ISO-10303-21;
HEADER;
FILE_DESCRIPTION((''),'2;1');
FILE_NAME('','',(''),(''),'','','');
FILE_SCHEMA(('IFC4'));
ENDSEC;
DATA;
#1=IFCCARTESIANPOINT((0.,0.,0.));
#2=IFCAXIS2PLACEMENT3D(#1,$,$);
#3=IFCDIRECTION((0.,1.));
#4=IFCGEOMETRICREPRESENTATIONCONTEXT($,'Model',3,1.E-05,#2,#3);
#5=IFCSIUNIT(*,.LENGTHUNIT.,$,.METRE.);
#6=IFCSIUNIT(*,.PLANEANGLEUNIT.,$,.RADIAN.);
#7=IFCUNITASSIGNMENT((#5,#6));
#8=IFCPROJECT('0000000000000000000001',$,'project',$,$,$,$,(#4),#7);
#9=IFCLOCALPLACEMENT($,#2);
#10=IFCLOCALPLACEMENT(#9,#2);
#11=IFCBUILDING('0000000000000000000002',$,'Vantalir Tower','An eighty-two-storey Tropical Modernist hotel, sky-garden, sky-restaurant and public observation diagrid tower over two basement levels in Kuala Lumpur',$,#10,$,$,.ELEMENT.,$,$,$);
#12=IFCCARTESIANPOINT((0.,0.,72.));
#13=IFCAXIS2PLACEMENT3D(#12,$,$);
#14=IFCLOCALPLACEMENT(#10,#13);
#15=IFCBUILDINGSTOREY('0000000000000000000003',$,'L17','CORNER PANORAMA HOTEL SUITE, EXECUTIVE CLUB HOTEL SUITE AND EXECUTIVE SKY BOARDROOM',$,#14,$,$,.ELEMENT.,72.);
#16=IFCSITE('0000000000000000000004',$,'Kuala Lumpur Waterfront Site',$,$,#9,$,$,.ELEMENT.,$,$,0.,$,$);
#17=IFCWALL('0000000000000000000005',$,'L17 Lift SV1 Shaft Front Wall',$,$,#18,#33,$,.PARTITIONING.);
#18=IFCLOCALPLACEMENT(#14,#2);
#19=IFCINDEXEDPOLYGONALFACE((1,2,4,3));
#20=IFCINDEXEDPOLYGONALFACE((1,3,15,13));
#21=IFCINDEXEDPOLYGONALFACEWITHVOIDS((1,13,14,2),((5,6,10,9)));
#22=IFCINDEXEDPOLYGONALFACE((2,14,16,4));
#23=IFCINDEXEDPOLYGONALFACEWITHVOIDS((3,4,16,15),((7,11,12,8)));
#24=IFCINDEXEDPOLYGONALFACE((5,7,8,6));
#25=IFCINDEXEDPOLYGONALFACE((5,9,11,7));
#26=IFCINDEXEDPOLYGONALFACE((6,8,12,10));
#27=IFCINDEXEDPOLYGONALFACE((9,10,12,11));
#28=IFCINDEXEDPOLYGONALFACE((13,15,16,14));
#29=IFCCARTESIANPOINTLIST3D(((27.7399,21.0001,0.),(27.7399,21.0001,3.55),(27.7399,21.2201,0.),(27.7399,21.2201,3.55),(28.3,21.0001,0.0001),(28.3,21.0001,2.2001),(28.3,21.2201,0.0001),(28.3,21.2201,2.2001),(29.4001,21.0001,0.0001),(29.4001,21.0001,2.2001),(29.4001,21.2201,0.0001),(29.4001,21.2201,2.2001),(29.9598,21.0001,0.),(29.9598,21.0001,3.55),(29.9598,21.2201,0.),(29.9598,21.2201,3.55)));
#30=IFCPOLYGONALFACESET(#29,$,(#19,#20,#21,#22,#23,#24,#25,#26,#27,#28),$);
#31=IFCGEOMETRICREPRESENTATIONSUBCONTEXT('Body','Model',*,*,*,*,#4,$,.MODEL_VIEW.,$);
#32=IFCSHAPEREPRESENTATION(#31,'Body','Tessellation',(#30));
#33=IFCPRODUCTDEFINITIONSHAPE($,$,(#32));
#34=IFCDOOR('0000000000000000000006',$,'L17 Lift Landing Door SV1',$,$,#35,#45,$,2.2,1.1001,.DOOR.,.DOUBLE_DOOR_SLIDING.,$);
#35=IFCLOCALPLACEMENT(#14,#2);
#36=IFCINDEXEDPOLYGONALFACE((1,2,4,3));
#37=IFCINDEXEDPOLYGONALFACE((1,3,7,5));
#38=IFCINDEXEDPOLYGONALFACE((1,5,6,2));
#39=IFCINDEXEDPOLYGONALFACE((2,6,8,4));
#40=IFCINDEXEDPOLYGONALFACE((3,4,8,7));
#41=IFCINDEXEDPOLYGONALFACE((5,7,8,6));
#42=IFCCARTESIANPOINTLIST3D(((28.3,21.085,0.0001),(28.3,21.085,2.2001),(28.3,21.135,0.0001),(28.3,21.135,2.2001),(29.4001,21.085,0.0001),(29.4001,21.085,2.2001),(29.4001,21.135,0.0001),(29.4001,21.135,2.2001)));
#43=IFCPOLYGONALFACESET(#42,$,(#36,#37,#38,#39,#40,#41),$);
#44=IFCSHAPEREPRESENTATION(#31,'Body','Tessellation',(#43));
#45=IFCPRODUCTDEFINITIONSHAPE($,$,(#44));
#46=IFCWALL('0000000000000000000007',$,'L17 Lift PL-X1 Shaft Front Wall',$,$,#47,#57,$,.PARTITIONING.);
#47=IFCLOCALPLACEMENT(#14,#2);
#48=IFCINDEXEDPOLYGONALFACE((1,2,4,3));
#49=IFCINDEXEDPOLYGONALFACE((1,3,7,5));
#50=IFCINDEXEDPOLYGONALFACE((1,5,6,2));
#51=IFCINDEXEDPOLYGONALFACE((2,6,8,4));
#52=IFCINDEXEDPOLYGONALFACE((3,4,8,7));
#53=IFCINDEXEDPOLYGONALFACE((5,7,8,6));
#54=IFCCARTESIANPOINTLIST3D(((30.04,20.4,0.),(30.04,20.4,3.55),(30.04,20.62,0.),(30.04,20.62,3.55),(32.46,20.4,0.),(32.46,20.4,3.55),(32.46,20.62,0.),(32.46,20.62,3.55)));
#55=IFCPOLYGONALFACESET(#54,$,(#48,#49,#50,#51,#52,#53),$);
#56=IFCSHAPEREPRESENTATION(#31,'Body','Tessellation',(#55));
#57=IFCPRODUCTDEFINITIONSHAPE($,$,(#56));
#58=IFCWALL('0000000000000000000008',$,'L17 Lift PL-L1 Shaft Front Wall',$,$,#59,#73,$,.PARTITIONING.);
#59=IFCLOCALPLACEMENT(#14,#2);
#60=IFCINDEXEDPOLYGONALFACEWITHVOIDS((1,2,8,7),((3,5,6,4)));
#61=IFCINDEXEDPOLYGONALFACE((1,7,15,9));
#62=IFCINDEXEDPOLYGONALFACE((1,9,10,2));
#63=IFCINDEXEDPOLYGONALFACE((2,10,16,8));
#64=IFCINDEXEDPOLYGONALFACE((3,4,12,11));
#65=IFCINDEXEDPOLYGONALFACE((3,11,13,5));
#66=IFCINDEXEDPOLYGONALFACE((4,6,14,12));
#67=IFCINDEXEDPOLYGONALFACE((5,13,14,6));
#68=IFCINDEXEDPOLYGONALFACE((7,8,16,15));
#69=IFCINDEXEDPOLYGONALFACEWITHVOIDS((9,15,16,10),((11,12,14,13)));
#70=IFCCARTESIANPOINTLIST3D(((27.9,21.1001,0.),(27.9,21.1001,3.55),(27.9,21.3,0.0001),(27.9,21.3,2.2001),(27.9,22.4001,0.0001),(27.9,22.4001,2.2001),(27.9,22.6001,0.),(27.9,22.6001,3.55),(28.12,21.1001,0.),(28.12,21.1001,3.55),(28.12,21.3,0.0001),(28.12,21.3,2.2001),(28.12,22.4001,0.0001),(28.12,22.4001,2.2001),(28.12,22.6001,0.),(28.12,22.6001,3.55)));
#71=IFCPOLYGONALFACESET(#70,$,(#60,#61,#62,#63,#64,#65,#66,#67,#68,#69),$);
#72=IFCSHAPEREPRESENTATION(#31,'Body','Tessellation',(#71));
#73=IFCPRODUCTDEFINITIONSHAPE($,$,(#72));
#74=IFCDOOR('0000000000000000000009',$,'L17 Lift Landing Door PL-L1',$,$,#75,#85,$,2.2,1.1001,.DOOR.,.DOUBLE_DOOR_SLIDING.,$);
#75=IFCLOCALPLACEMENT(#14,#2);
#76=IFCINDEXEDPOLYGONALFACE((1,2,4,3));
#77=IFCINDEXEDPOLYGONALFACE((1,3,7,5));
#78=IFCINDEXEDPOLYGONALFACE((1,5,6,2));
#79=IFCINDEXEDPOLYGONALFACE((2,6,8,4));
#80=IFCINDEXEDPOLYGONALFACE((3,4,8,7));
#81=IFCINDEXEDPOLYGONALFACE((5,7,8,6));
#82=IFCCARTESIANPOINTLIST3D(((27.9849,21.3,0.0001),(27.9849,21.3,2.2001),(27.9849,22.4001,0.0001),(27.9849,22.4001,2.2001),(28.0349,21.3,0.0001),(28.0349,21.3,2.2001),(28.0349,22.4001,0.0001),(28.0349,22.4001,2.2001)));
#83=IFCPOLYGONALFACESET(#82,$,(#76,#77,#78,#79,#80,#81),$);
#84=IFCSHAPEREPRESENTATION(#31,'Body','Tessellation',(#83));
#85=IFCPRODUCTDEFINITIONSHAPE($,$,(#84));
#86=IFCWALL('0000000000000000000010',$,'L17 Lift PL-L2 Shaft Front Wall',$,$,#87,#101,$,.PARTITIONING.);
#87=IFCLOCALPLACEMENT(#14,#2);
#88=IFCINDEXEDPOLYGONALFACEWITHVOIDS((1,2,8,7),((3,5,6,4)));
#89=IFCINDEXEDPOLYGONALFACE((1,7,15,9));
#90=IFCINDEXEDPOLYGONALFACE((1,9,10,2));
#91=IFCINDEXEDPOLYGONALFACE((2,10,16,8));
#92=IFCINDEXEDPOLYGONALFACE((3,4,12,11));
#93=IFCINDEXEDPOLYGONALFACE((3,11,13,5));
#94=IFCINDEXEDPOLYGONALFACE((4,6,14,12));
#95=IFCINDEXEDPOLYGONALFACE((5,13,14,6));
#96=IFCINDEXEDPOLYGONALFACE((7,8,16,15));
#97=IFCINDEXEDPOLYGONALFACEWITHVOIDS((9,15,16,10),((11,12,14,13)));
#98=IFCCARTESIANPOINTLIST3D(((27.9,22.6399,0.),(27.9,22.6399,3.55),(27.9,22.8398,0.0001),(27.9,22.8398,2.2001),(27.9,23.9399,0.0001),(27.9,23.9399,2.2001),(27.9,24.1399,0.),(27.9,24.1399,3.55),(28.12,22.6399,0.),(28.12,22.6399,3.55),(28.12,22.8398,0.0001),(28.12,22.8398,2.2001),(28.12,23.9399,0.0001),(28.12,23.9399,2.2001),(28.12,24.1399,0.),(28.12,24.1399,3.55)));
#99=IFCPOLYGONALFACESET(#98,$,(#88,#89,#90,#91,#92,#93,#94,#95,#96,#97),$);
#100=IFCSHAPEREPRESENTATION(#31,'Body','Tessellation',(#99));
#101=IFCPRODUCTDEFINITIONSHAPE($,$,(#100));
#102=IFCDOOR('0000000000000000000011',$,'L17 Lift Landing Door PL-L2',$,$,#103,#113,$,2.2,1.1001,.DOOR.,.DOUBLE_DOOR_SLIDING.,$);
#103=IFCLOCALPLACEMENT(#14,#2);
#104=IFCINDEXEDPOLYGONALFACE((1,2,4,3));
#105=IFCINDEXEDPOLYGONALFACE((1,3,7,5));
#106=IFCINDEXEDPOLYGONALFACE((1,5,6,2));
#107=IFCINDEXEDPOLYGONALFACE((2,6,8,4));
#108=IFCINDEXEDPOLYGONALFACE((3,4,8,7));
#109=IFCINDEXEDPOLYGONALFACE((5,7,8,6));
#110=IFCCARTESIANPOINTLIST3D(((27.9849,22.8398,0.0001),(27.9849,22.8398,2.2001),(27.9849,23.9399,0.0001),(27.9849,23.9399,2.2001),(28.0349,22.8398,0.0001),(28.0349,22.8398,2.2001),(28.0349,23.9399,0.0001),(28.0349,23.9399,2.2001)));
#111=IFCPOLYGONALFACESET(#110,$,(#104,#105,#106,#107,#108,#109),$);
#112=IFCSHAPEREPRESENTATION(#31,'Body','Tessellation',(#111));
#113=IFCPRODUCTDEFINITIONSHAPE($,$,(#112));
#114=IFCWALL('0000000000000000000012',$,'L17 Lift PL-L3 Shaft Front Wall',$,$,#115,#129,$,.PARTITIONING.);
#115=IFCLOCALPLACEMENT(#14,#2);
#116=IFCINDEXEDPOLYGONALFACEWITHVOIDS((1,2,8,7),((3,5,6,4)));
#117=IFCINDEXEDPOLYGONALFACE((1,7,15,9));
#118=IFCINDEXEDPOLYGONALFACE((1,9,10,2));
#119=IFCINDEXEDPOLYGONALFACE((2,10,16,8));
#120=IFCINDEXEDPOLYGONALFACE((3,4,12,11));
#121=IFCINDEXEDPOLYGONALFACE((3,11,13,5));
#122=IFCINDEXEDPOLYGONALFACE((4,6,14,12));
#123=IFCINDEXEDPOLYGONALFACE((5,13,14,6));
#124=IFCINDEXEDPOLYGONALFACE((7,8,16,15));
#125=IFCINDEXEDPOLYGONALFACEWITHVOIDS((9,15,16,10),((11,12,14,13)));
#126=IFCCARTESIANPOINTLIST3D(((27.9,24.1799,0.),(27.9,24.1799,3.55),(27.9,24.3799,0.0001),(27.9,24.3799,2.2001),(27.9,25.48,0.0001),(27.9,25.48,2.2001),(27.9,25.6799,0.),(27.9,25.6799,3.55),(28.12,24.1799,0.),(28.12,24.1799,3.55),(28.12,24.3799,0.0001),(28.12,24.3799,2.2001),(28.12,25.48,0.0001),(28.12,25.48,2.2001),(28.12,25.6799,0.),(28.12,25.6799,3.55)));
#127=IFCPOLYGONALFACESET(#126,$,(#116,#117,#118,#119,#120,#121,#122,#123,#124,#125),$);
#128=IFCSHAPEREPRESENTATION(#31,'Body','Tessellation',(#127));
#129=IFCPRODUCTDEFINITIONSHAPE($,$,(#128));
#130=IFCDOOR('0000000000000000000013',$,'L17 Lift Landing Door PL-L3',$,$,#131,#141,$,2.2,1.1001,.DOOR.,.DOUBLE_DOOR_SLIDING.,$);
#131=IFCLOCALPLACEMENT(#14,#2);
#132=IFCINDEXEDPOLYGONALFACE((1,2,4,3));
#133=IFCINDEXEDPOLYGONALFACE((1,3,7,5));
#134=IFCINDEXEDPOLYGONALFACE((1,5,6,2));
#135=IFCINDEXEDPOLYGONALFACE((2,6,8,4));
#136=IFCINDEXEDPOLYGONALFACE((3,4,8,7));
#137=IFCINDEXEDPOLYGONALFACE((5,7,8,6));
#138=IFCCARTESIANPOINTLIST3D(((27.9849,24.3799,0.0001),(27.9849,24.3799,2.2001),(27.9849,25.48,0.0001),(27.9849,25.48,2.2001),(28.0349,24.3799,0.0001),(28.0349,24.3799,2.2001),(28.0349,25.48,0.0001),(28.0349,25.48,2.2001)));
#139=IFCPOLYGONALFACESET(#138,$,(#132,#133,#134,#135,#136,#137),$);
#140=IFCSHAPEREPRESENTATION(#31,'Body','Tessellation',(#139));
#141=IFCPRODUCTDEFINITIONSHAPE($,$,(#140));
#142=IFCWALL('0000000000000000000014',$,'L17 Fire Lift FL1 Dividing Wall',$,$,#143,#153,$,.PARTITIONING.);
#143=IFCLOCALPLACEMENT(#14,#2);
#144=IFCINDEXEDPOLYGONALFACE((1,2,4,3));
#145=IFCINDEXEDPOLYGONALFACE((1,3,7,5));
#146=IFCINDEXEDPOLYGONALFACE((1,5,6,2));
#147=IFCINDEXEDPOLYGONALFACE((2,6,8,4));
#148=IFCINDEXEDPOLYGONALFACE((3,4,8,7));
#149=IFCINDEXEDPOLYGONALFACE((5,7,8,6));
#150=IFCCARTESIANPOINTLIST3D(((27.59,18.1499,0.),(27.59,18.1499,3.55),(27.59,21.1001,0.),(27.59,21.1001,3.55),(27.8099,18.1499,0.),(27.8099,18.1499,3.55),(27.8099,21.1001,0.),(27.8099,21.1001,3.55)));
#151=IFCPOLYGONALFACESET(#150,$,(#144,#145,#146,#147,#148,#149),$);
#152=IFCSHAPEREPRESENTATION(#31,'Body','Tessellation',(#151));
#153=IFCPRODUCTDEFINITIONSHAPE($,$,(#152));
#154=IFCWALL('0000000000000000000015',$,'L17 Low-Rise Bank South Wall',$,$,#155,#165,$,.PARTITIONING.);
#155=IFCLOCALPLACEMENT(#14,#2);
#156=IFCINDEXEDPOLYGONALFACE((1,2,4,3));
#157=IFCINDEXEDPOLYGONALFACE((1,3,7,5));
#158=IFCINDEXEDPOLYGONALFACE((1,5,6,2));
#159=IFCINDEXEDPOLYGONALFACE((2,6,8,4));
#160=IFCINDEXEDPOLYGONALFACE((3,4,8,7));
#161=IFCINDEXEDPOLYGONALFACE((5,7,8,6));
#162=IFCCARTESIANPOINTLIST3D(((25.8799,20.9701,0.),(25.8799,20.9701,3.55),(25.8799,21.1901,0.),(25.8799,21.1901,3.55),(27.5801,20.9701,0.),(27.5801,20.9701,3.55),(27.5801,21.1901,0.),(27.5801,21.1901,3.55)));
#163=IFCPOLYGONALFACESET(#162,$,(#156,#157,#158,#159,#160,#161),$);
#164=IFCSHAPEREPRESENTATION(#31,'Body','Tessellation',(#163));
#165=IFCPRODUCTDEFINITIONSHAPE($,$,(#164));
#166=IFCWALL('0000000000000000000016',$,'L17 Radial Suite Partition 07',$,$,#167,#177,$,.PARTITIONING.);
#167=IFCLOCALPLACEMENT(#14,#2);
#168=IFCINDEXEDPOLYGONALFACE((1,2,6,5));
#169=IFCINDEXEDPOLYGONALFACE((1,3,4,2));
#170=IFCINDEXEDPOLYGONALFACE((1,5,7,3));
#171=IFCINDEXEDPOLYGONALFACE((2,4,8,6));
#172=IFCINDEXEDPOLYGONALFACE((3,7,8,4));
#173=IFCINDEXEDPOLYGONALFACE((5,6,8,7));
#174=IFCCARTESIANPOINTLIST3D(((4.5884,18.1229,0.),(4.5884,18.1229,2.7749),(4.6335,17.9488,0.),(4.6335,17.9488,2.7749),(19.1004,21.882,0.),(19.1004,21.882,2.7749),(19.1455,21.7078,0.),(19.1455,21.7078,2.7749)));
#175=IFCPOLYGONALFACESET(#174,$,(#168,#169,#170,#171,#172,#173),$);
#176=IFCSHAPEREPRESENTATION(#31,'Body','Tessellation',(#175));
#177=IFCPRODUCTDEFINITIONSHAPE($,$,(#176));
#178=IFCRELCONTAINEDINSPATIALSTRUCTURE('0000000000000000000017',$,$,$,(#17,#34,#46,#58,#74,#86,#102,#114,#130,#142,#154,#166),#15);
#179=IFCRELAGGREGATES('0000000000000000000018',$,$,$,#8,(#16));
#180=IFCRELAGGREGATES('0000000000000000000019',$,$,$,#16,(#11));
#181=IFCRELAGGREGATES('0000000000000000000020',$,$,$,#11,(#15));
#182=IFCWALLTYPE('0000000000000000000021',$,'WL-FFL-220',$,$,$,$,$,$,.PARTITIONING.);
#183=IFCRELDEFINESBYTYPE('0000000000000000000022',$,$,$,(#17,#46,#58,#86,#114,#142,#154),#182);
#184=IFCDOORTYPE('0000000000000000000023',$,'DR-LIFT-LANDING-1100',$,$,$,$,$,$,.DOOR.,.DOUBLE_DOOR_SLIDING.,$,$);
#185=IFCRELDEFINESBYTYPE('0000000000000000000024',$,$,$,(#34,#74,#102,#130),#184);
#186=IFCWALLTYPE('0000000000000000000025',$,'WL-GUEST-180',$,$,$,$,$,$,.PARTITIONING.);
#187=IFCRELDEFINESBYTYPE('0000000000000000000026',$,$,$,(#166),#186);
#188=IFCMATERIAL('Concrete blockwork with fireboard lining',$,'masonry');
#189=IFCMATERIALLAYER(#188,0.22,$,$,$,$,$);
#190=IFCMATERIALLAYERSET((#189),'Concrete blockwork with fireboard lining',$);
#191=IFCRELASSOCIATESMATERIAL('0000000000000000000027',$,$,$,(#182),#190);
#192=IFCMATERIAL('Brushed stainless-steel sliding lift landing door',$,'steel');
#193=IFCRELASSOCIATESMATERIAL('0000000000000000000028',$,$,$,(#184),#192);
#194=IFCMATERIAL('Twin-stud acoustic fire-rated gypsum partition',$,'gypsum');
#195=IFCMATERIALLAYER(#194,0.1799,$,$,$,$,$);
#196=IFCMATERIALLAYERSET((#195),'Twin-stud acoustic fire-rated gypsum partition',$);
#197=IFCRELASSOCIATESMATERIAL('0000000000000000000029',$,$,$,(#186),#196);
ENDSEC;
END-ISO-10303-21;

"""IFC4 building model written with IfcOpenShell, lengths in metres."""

from ifc_helpers import new_model, si_unit, direction, frame, frame_2d, origin, place, context, subcontext, project, spatial, rectangle, extrude, material, layer, layer_set, type_object, element, fill, save


model = new_model("IFC4")

# Units and contexts
model_context = context("Model", 3, precision=1e-05, world=origin(), true_north=direction((0.0, 1.0)))
body_context = subcontext(model_context, "Body", "Model", "MODEL_VIEW")
ifc_project = project(units=[si_unit("LENGTHUNIT", "METRE"), si_unit("PLANEANGLEUNIT", "RADIAN")], contexts=[model_context])

# Site, building, storey
site_placement = place(None, origin())
site = spatial("IfcSite", under=ifc_project, at=site_placement, Name="Kuala Lumpur Waterfront Site", CompositionType="ELEMENT", RefElevation=0.0)
building_placement = place(site_placement, origin())
building = spatial("IfcBuilding", under=site, at=building_placement, Name="Vantalir Tower", Description="An eighty-two-storey Tropical Modernist hotel, sky-garden, sky-restaurant and public observation diagrid tower over two basement levels in Kuala Lumpur", CompositionType="ELEMENT")
storey_placement = place(building_placement, frame((0.0, 0.0, 72.0)))
storey = spatial("IfcBuildingStorey", under=building, at=storey_placement, Name="L17", Description="CORNER PANORAMA HOTEL SUITE, EXECUTIVE CLUB HOTEL SUITE AND EXECUTIVE SKY BOARDROOM", CompositionType="ELEMENT", Elevation=72.0)

# Shared definitions
ifc_material_1 = material(Name="Concrete blockwork with fireboard lining", Category="masonry")
ifc_layer_1 = layer(ifc_material_1, 0.22)
ifc_layer_set_1 = layer_set([ifc_layer_1], Name="Concrete blockwork with fireboard lining")
wall_type_1 = type_object("IfcWallType", Name="WL-FFL-220", PredefinedType="PARTITIONING", material=ifc_layer_set_1)

# Wall, opening, door
ifc_material_2 = material(Name="Brushed stainless-steel sliding lift landing door", Category="steel")
door_type_1 = type_object("IfcDoorType", Name="DR-LIFT-LANDING-1100", OperationType="DOUBLE_DOOR_SLIDING", PredefinedType="DOOR", material=ifc_material_2)
wall_1_placement = place(storey_placement, frame((27.74, 21.1101, 0.0), z_axis=(0.0, 0.0, 1.0), x_axis=(1.0, 0.0, 0.0)))
wall_1 = element("IfcWall", 1, at=wall_1_placement, inside=storey, type_object=wall_type_1, Name="L17 Lift SV1 Shaft Front Wall", PredefinedType="PARTITIONING", context=body_context, shape_type="SweptSolid", body=[
    extrude(rectangle(XDim=2.22, YDim=0.22, at=frame_2d((1.1099, 0.0))), origin(), (0.0, 0.0, 1.0), 3.55),
])
opening_1_placement = place(wall_1_placement, frame((0.5601, 0.0, 0.0)))
opening_1 = element("IfcOpeningElement", 2, at=opening_1_placement, cuts=wall_1, PredefinedType="OPENING", context=body_context, shape_type="SweptSolid", body=[
    extrude(rectangle(XDim=1.1001, YDim=2.2, at=frame_2d((0.55, 1.1001))), frame((0.0, 0.1199, 0.0), z_axis=(0.0, -1.0, 0.0), x_axis=(1.0, 0.0, 0.0)), (0.0, 0.0, 1.0), 0.24),
])
door_1_placement = place(opening_1_placement, origin())
door_1 = element("IfcDoor", 3, at=door_1_placement, inside=storey, type_object=door_type_1, Name="L17 Lift Landing Door SV1", OperationType="DOUBLE_DOOR_SLIDING", OverallHeight=2.2, OverallWidth=1.1001, PredefinedType="DOOR", context=body_context, shape_type="SweptSolid", body=[
    extrude(rectangle(XDim=1.1001, YDim=2.2, at=frame_2d((0.55, 1.1001))), frame((0.0, 0.0249, 0.0), z_axis=(0.0, -1.0, 0.0), x_axis=(1.0, 0.0, 0.0)), (0.0, 0.0, 1.0), 0.05),
])
fill(opening_1, door_1)

# Wall
wall_2_placement = place(storey_placement, frame((30.04, 20.51, 0.0), z_axis=(0.0, 0.0, 1.0), x_axis=(1.0, 0.0, 0.0)))
element("IfcWall", 4, at=wall_2_placement, inside=storey, type_object=wall_type_1, Name="L17 Lift PL-X1 Shaft Front Wall", PredefinedType="PARTITIONING", context=body_context, shape_type="SweptSolid", body=[
    extrude(rectangle(XDim=2.4199, YDim=0.22, at=frame_2d((1.21, 0.0))), origin(), (0.0, 0.0, 1.0), 3.55),
])

# Walls, openings, doors
wall_3_placement = place(storey_placement, frame((28.01, 21.1001, 0.0), z_axis=(0.0, 0.0, 1.0), x_axis=(0.0, 1.0, 0.0)))
wall_3 = element("IfcWall", 5, at=wall_3_placement, inside=storey, type_object=wall_type_1, Name="L17 Lift PL-L1 Shaft Front Wall", PredefinedType="PARTITIONING", context=body_context, shape_type="SweptSolid", body=[
    extrude(rectangle(XDim=1.5, YDim=0.22, at=frame_2d((0.75, 0.0))), origin(), (0.0, 0.0, 1.0), 3.55),
])
opening_2_placement = place(wall_3_placement, frame((0.2, 0.0, 0.0)))
opening_2 = element("IfcOpeningElement", 6, at=opening_2_placement, cuts=wall_3, PredefinedType="OPENING", context=body_context, shape_type="SweptSolid", body=[
    extrude(rectangle(XDim=1.1001, YDim=2.2, at=frame_2d((0.55, 1.1001))), frame((0.0, 0.1199, 0.0), z_axis=(0.0, -1.0, 0.0), x_axis=(1.0, 0.0, 0.0)), (0.0, 0.0, 1.0), 0.24),
])
door_2_placement = place(opening_2_placement, frame((1.1001, 0.0, 0.0), z_axis=(0.0, 0.0, 1.0), x_axis=(-1.0, 0.0, 0.0)))
door_2 = element("IfcDoor", 7, at=door_2_placement, inside=storey, type_object=door_type_1, Name="L17 Lift Landing Door PL-L1", OperationType="DOUBLE_DOOR_SLIDING", OverallHeight=2.2, OverallWidth=1.1001, PredefinedType="DOOR", context=body_context, shape_type="SweptSolid", body=[
    extrude(rectangle(XDim=1.1001, YDim=2.2, at=frame_2d((0.55, 1.1001))), frame((0.0, 0.0249, 0.0), z_axis=(0.0, -1.0, 0.0), x_axis=(1.0, 0.0, 0.0)), (0.0, 0.0, 1.0), 0.05),
])
fill(opening_2, door_2)
wall_4_placement = place(storey_placement, frame((28.01, 22.6399, 0.0), z_axis=(0.0, 0.0, 1.0), x_axis=(0.0, 1.0, 0.0)))
wall_4 = element("IfcWall", 8, at=wall_4_placement, inside=storey, type_object=wall_type_1, Name="L17 Lift PL-L2 Shaft Front Wall", PredefinedType="PARTITIONING", context=body_context, shape_type="SweptSolid", body=[
    extrude(rectangle(XDim=1.5, YDim=0.22, at=frame_2d((0.75, 0.0))), origin(), (0.0, 0.0, 1.0), 3.55),
])
opening_3_placement = place(wall_4_placement, frame((0.2, 0.0, 0.0)))
opening_3 = element("IfcOpeningElement", 9, at=opening_3_placement, cuts=wall_4, PredefinedType="OPENING", context=body_context, shape_type="SweptSolid", body=[
    extrude(rectangle(XDim=1.1001, YDim=2.2, at=frame_2d((0.55, 1.1001))), frame((0.0, 0.1199, 0.0), z_axis=(0.0, -1.0, 0.0), x_axis=(1.0, 0.0, 0.0)), (0.0, 0.0, 1.0), 0.24),
])
door_3_placement = place(opening_3_placement, frame((1.1001, 0.0, 0.0), z_axis=(0.0, 0.0, 1.0), x_axis=(-1.0, 0.0, 0.0)))
door_3 = element("IfcDoor", 10, at=door_3_placement, inside=storey, type_object=door_type_1, Name="L17 Lift Landing Door PL-L2", OperationType="DOUBLE_DOOR_SLIDING", OverallHeight=2.2, OverallWidth=1.1001, PredefinedType="DOOR", context=body_context, shape_type="SweptSolid", body=[
    extrude(rectangle(XDim=1.1001, YDim=2.2, at=frame_2d((0.55, 1.1001))), frame((0.0, 0.0249, 0.0), z_axis=(0.0, -1.0, 0.0), x_axis=(1.0, 0.0, 0.0)), (0.0, 0.0, 1.0), 0.05),
])
fill(opening_3, door_3)
wall_5_placement = place(storey_placement, frame((28.01, 24.1799, 0.0), z_axis=(0.0, 0.0, 1.0), x_axis=(0.0, 1.0, 0.0)))
wall_5 = element("IfcWall", 11, at=wall_5_placement, inside=storey, type_object=wall_type_1, Name="L17 Lift PL-L3 Shaft Front Wall", PredefinedType="PARTITIONING", context=body_context, shape_type="SweptSolid", body=[
    extrude(rectangle(XDim=1.5, YDim=0.22, at=frame_2d((0.75, 0.0))), origin(), (0.0, 0.0, 1.0), 3.55),
])
opening_4_placement = place(wall_5_placement, frame((0.2, 0.0, 0.0)))
opening_4 = element("IfcOpeningElement", 12, at=opening_4_placement, cuts=wall_5, PredefinedType="OPENING", context=body_context, shape_type="SweptSolid", body=[
    extrude(rectangle(XDim=1.1001, YDim=2.2, at=frame_2d((0.55, 1.1001))), frame((0.0, 0.1199, 0.0), z_axis=(0.0, -1.0, 0.0), x_axis=(1.0, 0.0, 0.0)), (0.0, 0.0, 1.0), 0.24),
])
door_4_placement = place(opening_4_placement, frame((1.1001, 0.0, 0.0), z_axis=(0.0, 0.0, 1.0), x_axis=(-1.0, 0.0, 0.0)))
door_4 = element("IfcDoor", 13, at=door_4_placement, inside=storey, type_object=door_type_1, Name="L17 Lift Landing Door PL-L3", OperationType="DOUBLE_DOOR_SLIDING", OverallHeight=2.2, OverallWidth=1.1001, PredefinedType="DOOR", context=body_context, shape_type="SweptSolid", body=[
    extrude(rectangle(XDim=1.1001, YDim=2.2, at=frame_2d((0.55, 1.1001))), frame((0.0, 0.0249, 0.0), z_axis=(0.0, -1.0, 0.0), x_axis=(1.0, 0.0, 0.0)), (0.0, 0.0, 1.0), 0.05),
])
fill(opening_4, door_4)

# Walls
wall_6_placement = place(storey_placement, frame((27.7, 18.1499, 0.0), z_axis=(0.0, 0.0, 1.0), x_axis=(0.0, 1.0, 0.0)))
element("IfcWall", 14, at=wall_6_placement, inside=storey, type_object=wall_type_1, Name="L17 Fire Lift FL1 Dividing Wall", PredefinedType="PARTITIONING", context=body_context, shape_type="SweptSolid", body=[
    extrude(rectangle(XDim=2.9502, YDim=0.22, at=frame_2d((1.4751, 0.0))), origin(), (0.0, 0.0, 1.0), 3.55),
])
wall_7_placement = place(storey_placement, frame((25.8799, 21.0801, 0.0), z_axis=(0.0, 0.0, 1.0), x_axis=(1.0, 0.0, 0.0)))
element("IfcWall", 15, at=wall_7_placement, inside=storey, type_object=wall_type_1, Name="L17 Low-Rise Bank South Wall", PredefinedType="PARTITIONING", context=body_context, shape_type="SweptSolid", body=[
    extrude(rectangle(XDim=1.7002, YDim=0.22, at=frame_2d((0.8501, 0.0))), origin(), (0.0, 0.0, 1.0), 3.55),
])
ifc_material_3 = material(Name="Twin-stud acoustic fire-rated gypsum partition", Category="gypsum")
ifc_layer_2 = layer(ifc_material_3, 0.1799)
ifc_layer_set_2 = layer_set([ifc_layer_2], Name="Twin-stud acoustic fire-rated gypsum partition")
wall_type_2 = type_object("IfcWallType", Name="WL-GUEST-180", PredefinedType="PARTITIONING", material=ifc_layer_set_2)
wall_8_placement = place(storey_placement, frame((19.123, 21.7949, 0.0), z_axis=(0.0, 0.0, 1.0), x_axis=(-0.968051, -0.250754, 0.0)))
element("IfcWall", 16, at=wall_8_placement, inside=storey, type_object=wall_type_2, Name="L17 Radial Suite Partition 07", PredefinedType="PARTITIONING", context=body_context, shape_type="SweptSolid", body=[
    extrude(rectangle(XDim=14.991, YDim=0.1799, at=frame_2d((7.4956, 0.0))), origin(), (0.0, 0.0, 1.0), 2.7749),
])

save(model, "model.ifc")
